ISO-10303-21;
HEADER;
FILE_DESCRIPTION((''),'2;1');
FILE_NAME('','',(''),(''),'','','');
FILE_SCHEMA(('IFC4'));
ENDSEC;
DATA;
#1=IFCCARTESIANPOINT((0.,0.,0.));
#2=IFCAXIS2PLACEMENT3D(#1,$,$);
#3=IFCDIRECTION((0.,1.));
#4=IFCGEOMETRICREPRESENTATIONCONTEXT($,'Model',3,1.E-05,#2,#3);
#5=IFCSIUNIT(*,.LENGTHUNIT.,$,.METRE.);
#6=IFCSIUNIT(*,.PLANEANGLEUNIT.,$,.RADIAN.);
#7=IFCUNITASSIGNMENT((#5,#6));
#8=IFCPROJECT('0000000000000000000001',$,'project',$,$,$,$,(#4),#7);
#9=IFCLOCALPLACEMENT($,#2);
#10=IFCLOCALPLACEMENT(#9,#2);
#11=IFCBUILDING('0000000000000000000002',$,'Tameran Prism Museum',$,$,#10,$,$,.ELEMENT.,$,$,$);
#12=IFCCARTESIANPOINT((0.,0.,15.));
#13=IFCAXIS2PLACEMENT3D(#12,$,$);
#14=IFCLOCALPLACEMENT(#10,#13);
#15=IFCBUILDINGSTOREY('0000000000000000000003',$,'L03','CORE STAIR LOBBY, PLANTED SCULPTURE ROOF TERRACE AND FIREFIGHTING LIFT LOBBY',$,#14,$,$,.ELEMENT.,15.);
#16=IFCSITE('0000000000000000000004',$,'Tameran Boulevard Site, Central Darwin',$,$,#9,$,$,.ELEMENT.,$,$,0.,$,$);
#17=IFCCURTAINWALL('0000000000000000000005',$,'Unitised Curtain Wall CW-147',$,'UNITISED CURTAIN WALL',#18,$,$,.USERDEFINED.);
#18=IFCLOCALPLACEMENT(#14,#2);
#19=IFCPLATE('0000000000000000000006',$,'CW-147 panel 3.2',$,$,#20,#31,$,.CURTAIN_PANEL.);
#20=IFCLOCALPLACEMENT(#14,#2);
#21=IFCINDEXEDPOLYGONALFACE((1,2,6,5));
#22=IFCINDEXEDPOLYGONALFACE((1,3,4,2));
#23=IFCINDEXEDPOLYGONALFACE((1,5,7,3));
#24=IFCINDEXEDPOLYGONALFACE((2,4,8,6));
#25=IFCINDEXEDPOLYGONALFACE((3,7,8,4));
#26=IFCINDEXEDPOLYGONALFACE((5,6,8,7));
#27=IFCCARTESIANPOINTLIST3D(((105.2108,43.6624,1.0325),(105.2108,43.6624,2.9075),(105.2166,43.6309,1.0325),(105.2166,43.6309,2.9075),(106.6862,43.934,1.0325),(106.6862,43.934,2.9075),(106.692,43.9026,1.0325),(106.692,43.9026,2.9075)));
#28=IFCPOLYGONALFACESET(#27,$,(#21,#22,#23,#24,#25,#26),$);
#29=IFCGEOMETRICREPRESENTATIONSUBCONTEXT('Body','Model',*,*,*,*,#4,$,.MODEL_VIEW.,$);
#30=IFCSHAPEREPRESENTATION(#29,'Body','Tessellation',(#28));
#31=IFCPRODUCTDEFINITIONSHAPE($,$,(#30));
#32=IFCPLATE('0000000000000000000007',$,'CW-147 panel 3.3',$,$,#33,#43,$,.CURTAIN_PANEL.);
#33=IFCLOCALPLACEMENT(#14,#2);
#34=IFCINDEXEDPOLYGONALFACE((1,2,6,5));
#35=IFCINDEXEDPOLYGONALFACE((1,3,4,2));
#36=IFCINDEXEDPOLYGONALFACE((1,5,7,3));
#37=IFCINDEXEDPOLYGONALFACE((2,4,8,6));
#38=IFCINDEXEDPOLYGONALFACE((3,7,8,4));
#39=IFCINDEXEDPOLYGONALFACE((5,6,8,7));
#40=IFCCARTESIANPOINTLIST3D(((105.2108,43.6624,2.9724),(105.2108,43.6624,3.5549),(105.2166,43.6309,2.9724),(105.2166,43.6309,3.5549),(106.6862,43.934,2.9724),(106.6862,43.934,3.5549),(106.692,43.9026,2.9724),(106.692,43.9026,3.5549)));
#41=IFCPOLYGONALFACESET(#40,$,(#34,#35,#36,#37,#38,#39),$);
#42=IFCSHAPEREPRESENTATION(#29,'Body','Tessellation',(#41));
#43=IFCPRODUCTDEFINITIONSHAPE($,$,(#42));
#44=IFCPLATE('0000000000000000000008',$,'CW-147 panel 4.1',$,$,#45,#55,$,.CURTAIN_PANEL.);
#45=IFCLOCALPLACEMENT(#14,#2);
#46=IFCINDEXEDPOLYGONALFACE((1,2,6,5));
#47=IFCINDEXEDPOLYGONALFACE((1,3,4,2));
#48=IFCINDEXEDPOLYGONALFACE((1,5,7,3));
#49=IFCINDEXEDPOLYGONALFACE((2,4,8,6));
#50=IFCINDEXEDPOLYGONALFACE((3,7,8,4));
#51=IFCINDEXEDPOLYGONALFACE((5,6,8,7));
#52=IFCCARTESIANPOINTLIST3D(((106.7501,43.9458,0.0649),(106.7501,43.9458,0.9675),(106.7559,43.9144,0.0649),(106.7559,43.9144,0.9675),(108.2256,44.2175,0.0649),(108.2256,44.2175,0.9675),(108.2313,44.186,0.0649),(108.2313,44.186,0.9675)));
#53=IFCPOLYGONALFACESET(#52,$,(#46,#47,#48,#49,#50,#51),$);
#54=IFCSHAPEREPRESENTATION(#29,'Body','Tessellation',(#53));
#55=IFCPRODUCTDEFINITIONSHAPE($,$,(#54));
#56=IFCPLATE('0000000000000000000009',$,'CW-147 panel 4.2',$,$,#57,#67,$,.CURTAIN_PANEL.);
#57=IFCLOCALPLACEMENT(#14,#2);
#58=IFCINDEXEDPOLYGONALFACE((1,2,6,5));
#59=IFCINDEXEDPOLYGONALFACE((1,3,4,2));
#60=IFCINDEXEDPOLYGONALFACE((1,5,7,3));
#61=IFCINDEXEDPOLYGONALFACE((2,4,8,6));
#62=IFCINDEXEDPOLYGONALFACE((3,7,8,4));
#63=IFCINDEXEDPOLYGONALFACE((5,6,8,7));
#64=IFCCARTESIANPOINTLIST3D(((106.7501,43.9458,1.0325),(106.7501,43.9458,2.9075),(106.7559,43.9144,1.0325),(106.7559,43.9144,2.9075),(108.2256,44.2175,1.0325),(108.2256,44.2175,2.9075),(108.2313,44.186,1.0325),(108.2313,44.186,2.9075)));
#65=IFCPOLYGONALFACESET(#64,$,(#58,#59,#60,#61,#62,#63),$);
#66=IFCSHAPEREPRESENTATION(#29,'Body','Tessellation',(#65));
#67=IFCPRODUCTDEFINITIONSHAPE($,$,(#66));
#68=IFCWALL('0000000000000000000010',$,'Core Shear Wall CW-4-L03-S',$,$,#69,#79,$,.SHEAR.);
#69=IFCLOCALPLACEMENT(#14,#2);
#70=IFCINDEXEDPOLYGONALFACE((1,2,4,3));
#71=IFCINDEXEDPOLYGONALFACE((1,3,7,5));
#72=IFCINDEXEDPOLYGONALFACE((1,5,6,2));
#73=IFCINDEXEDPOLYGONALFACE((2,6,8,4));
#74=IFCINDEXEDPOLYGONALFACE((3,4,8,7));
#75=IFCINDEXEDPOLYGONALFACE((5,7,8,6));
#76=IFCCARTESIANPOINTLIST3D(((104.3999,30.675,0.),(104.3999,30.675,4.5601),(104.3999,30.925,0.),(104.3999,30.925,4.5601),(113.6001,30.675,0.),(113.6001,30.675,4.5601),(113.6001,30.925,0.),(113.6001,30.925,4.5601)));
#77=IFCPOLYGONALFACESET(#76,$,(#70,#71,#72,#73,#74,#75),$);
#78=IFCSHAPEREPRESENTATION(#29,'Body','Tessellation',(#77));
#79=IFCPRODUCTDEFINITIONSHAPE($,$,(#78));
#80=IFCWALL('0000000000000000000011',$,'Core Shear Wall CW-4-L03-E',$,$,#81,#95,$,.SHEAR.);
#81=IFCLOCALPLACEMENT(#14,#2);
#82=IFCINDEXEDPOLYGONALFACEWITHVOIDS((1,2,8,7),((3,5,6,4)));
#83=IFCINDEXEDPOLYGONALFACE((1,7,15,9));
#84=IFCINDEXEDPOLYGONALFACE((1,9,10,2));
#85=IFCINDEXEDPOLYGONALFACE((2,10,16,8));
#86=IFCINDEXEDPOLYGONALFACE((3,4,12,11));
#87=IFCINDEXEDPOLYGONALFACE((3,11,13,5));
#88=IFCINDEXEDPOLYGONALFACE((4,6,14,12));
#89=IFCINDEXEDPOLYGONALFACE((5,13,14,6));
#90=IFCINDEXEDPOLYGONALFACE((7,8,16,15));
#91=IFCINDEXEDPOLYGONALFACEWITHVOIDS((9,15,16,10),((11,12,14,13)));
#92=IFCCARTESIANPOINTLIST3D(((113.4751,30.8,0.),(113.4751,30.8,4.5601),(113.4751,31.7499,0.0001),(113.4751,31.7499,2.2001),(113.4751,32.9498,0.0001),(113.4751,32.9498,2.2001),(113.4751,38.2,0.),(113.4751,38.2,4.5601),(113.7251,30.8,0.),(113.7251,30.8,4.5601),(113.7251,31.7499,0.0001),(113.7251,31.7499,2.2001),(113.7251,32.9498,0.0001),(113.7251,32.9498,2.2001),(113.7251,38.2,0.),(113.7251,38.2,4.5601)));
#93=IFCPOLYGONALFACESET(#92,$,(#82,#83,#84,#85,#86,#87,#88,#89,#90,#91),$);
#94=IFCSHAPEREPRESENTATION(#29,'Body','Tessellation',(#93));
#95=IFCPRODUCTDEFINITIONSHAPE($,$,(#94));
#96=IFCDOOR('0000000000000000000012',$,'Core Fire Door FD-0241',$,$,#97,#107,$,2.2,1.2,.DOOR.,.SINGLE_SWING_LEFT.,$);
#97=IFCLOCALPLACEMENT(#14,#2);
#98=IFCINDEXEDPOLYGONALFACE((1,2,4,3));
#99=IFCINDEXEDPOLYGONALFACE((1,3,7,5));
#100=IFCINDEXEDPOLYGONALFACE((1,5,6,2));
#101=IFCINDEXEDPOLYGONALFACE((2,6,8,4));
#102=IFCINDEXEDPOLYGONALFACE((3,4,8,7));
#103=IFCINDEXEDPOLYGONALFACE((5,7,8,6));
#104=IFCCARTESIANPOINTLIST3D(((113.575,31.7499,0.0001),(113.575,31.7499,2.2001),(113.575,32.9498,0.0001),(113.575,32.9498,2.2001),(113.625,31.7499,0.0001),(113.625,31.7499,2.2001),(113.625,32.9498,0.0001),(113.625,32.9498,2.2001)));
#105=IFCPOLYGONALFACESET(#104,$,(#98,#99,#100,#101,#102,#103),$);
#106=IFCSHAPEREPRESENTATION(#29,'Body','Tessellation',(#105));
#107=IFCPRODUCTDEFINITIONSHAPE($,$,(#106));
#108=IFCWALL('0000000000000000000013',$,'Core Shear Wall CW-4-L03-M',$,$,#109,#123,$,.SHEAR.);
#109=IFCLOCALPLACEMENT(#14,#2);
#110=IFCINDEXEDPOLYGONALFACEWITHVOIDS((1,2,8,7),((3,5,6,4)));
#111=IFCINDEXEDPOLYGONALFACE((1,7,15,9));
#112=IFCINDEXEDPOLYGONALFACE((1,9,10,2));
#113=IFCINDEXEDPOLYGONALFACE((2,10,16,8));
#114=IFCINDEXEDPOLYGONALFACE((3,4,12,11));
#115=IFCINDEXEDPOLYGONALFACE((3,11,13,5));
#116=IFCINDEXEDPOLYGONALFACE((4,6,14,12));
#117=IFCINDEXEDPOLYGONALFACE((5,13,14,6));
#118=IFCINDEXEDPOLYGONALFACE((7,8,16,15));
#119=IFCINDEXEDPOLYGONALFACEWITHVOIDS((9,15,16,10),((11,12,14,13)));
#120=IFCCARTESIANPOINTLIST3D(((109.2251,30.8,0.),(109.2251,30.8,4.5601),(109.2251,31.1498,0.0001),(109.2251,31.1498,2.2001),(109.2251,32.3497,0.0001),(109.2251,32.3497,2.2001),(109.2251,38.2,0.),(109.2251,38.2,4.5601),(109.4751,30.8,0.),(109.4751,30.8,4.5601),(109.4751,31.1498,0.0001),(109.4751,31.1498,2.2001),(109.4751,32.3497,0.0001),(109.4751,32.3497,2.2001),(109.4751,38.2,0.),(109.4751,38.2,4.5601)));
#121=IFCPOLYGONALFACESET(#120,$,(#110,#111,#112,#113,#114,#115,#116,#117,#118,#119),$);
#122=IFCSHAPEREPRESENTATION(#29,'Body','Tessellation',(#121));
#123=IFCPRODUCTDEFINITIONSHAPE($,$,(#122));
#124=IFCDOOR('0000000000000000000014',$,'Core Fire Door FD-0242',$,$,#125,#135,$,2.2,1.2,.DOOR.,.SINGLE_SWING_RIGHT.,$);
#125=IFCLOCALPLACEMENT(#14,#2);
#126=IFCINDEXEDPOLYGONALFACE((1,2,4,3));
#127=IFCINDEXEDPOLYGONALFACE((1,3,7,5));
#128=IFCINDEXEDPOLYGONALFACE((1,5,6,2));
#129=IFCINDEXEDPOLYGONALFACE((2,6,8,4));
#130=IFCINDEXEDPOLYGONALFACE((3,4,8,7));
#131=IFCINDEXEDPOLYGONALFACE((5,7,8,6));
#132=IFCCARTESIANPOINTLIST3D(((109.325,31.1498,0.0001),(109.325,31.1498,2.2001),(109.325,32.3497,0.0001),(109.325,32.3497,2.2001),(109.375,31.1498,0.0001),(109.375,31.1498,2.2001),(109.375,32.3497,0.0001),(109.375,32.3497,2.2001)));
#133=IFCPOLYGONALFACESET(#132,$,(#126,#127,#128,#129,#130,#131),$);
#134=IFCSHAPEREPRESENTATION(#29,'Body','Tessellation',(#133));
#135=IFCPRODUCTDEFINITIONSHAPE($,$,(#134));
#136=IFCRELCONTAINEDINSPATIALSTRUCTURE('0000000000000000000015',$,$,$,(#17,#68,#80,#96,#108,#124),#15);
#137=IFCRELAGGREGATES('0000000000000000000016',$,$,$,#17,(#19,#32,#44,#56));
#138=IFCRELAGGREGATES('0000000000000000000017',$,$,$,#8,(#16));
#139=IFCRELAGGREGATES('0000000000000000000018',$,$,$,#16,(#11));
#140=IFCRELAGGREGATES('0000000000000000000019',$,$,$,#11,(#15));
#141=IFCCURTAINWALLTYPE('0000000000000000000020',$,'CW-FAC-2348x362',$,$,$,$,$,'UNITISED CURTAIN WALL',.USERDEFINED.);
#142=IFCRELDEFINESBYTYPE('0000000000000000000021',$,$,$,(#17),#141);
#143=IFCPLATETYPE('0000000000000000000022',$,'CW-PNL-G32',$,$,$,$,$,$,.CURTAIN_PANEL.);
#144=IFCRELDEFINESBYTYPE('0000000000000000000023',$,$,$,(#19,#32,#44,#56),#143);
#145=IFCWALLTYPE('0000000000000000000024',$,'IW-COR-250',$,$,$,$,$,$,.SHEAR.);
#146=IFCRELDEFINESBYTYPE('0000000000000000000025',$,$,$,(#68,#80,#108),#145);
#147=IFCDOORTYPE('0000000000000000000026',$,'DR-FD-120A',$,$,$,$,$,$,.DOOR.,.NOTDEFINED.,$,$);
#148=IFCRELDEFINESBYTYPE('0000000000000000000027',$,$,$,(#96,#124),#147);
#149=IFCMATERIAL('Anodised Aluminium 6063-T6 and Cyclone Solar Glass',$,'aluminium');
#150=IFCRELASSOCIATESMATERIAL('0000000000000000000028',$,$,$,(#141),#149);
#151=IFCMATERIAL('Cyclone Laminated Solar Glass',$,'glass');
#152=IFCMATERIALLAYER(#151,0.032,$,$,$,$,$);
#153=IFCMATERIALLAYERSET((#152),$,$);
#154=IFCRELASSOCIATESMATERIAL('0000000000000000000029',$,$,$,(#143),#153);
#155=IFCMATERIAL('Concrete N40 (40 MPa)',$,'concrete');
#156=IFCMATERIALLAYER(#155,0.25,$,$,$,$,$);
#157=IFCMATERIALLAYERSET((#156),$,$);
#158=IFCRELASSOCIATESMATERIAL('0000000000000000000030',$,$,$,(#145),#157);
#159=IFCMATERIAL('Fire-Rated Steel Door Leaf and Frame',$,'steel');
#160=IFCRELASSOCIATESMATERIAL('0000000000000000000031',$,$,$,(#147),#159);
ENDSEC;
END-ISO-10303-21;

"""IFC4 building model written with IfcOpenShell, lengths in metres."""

from ifc_helpers import new_model, si_unit, direction, frame, frame_2d, origin, origin_2d, place, context, subcontext, project, spatial, rectangle, extrude, material, layer, layer_set, type_object, element, fill, aggregate, save


model = new_model("IFC4")

# Units and contexts
model_context = context("Model", 3, precision=1e-05, world=origin(), true_north=direction((0.0, 1.0)))
body_context = subcontext(model_context, "Body", "Model", "MODEL_VIEW")
ifc_project = project(units=[si_unit("LENGTHUNIT", "METRE"), si_unit("PLANEANGLEUNIT", "RADIAN")], contexts=[model_context])

# Site, building, storey
site_placement = place(None, origin())
site = spatial("IfcSite", under=ifc_project, at=site_placement, Name="Tameran Boulevard Site, Central Darwin", CompositionType="ELEMENT", RefElevation=0.0)
building_placement = place(site_placement, origin())
building = spatial("IfcBuilding", under=site, at=building_placement, Name="Tameran Prism Museum", CompositionType="ELEMENT")
storey_placement = place(building_placement, frame((0.0, 0.0, 15.0)))
storey = spatial("IfcBuildingStorey", under=building, at=storey_placement, Name="L03", Description="CORE STAIR LOBBY, PLANTED SCULPTURE ROOF TERRACE AND FIREFIGHTING LIFT LOBBY", CompositionType="ELEMENT", Elevation=15.0)

# Curtain wall, plates
ifc_material_1 = material(Name="Anodised Aluminium 6063-T6 and Cyclone Solar Glass", Category="aluminium")
curtain_wall_type = type_object("IfcCurtainWallType", Name="CW-FAC-2348x362", ElementType="UNITISED CURTAIN WALL", PredefinedType="USERDEFINED", material=ifc_material_1)
curtain_wall_placement = place(storey_placement, origin())
curtain_wall = element("IfcCurtainWall", 1, at=curtain_wall_placement, inside=storey, type_object=curtain_wall_type, Name="Unitised Curtain Wall CW-147", ObjectType="UNITISED CURTAIN WALL", PredefinedType="USERDEFINED")
ifc_material_2 = material(Name="Cyclone Laminated Solar Glass", Category="glass")
ifc_layer_1 = layer(ifc_material_2, 0.032)
ifc_layer_set_1 = layer_set([ifc_layer_1])
plate_type = type_object("IfcPlateType", Name="CW-PNL-G32", PredefinedType="CURTAIN_PANEL", material=ifc_layer_set_1)
plate_1_placement = place(storey_placement, frame((105.9514, 43.7825, 1.0325), z_axis=(0.0, 0.0, 1.0), x_axis=(0.983472, 0.181063, 0.0)))
plate_1 = element("IfcPlate", 2, at=plate_1_placement, type_object=plate_type, Name="CW-147 panel 3.2", PredefinedType="CURTAIN_PANEL", context=body_context, shape_type="SweptSolid", body=[
    extrude(rectangle(XDim=1.5002, YDim=0.032, at=origin_2d()), origin(), (0.0, 0.0, 1.0), 1.875),
])
plate_2_placement = place(storey_placement, frame((105.9514, 43.7825, 2.9724), z_axis=(0.0, 0.0, 1.0), x_axis=(0.983472, 0.181063, 0.0)))
plate_2 = element("IfcPlate", 3, at=plate_2_placement, type_object=plate_type, Name="CW-147 panel 3.3", PredefinedType="CURTAIN_PANEL", context=body_context, shape_type="SweptSolid", body=[
    extrude(rectangle(XDim=1.5002, YDim=0.032, at=origin_2d()), origin(), (0.0, 0.0, 1.0), 0.5825),
])
plate_3_placement = place(storey_placement, frame((107.4907, 44.0659, 0.0649), z_axis=(0.0, 0.0, 1.0), x_axis=(0.983472, 0.181063, 0.0)))
plate_3 = element("IfcPlate", 4, at=plate_3_placement, type_object=plate_type, Name="CW-147 panel 4.1", PredefinedType="CURTAIN_PANEL", context=body_context, shape_type="SweptSolid", body=[
    extrude(rectangle(XDim=1.5002, YDim=0.032, at=origin_2d()), origin(), (0.0, 0.0, 1.0), 0.9026),
])
plate_4_placement = place(storey_placement, frame((107.4907, 44.0659, 1.0325), z_axis=(0.0, 0.0, 1.0), x_axis=(0.983472, 0.181063, 0.0)))
plate_4 = element("IfcPlate", 5, at=plate_4_placement, type_object=plate_type, Name="CW-147 panel 4.2", PredefinedType="CURTAIN_PANEL", context=body_context, shape_type="SweptSolid", body=[
    extrude(rectangle(XDim=1.5002, YDim=0.032, at=origin_2d()), origin(), (0.0, 0.0, 1.0), 1.875),
])
aggregate(curtain_wall, [plate_1, plate_2, plate_3, plate_4])

# Wall
ifc_material_3 = material(Name="Concrete N40 (40 MPa)", Category="concrete")
ifc_layer_2 = layer(ifc_material_3, 0.25)
ifc_layer_set_2 = layer_set([ifc_layer_2])
wall_type = type_object("IfcWallType", Name="IW-COR-250", PredefinedType="SHEAR", material=ifc_layer_set_2)
wall_1_placement = place(storey_placement, frame((113.6001, 30.8, 0.0), z_axis=(0.0, 0.0, 1.0), x_axis=(-1.0, 0.0, 0.0)))
element("IfcWall", 6, at=wall_1_placement, inside=storey, type_object=wall_type, Name="Core Shear Wall CW-4-L03-S", PredefinedType="SHEAR", context=body_context, shape_type="SweptSolid", body=[
    extrude(rectangle(XDim=9.2002, YDim=0.25, at=frame_2d((4.6001, 0.0))), origin(), (0.0, 0.0, 1.0), 4.5601),
])

# Walls, openings, doors
wall_2_placement = place(storey_placement, frame((113.6001, 38.2, 0.0), z_axis=(0.0, 0.0, 1.0), x_axis=(0.0, -1.0, 0.0)))
wall_2 = element("IfcWall", 7, at=wall_2_placement, inside=storey, type_object=wall_type, Name="Core Shear Wall CW-4-L03-E", PredefinedType="SHEAR", context=body_context, shape_type="SweptSolid", body=[
    extrude(rectangle(XDim=7.3999, YDim=0.25, at=frame_2d((3.7, 0.0))), origin(), (0.0, 0.0, 1.0), 4.5601),
])
opening_1_placement = place(wall_2_placement, frame((5.25, 0.0, 0.0)))
opening_1 = element("IfcOpeningElement", 8, at=opening_1_placement, cuts=wall_2, PredefinedType="OPENING", context=body_context, shape_type="SweptSolid", body=[
    extrude(rectangle(XDim=1.2, YDim=2.2, at=frame_2d((0.6001, 1.1001))), frame((0.0, 0.135, 0.0), z_axis=(0.0, -1.0, 0.0), x_axis=(1.0, 0.0, 0.0)), (0.0, 0.0, 1.0), 0.27),
])
ifc_material_4 = material(Name="Fire-Rated Steel Door Leaf and Frame", Category="steel")
door_type = type_object("IfcDoorType", Name="DR-FD-120A", OperationType="NOTDEFINED", PredefinedType="DOOR", material=ifc_material_4)
door_1_placement = place(opening_1_placement, origin())
door_1 = element("IfcDoor", 9, at=door_1_placement, inside=storey, type_object=door_type, Name="Core Fire Door FD-0241", OperationType="SINGLE_SWING_LEFT", OverallHeight=2.2, OverallWidth=1.2, PredefinedType="DOOR", context=body_context, shape_type="SweptSolid", body=[
    extrude(rectangle(XDim=1.2, YDim=2.2, at=frame_2d((0.6001, 1.1001))), frame((0.0, 0.0249, 0.0), z_axis=(0.0, -1.0, 0.0), x_axis=(1.0, 0.0, 0.0)), (0.0, 0.0, 1.0), 0.05),
])
fill(opening_1, door_1)
wall_3_placement = place(storey_placement, frame((109.3501, 38.2, 0.0), z_axis=(0.0, 0.0, 1.0), x_axis=(0.0, -1.0, 0.0)))
wall_3 = element("IfcWall", 10, at=wall_3_placement, inside=storey, type_object=wall_type, Name="Core Shear Wall CW-4-L03-M", PredefinedType="SHEAR", context=body_context, shape_type="SweptSolid", body=[
    extrude(rectangle(XDim=7.3999, YDim=0.25, at=frame_2d((3.7, 0.0))), origin(), (0.0, 0.0, 1.0), 4.5601),
])
opening_2_placement = place(wall_3_placement, frame((5.8501, 0.0, 0.0)))
opening_2 = element("IfcOpeningElement", 11, at=opening_2_placement, cuts=wall_3, PredefinedType="OPENING", context=body_context, shape_type="SweptSolid", body=[
    extrude(rectangle(XDim=1.2, YDim=2.2, at=frame_2d((0.6001, 1.1001))), frame((0.0, 0.135, 0.0), z_axis=(0.0, -1.0, 0.0), x_axis=(1.0, 0.0, 0.0)), (0.0, 0.0, 1.0), 0.27),
])
door_2_placement = place(opening_2_placement, origin())
door_2 = element("IfcDoor", 12, at=door_2_placement, inside=storey, type_object=door_type, Name="Core Fire Door FD-0242", OperationType="SINGLE_SWING_RIGHT", OverallHeight=2.2, OverallWidth=1.2, PredefinedType="DOOR", context=body_context, shape_type="SweptSolid", body=[
    extrude(rectangle(XDim=1.2, YDim=2.2, at=frame_2d((0.6001, 1.1001))), frame((0.0, 0.0249, 0.0), z_axis=(0.0, -1.0, 0.0), x_axis=(1.0, 0.0, 0.0)), (0.0, 0.0, 1.0), 0.05),
])
fill(opening_2, door_2)

save(model, "model.ifc")
